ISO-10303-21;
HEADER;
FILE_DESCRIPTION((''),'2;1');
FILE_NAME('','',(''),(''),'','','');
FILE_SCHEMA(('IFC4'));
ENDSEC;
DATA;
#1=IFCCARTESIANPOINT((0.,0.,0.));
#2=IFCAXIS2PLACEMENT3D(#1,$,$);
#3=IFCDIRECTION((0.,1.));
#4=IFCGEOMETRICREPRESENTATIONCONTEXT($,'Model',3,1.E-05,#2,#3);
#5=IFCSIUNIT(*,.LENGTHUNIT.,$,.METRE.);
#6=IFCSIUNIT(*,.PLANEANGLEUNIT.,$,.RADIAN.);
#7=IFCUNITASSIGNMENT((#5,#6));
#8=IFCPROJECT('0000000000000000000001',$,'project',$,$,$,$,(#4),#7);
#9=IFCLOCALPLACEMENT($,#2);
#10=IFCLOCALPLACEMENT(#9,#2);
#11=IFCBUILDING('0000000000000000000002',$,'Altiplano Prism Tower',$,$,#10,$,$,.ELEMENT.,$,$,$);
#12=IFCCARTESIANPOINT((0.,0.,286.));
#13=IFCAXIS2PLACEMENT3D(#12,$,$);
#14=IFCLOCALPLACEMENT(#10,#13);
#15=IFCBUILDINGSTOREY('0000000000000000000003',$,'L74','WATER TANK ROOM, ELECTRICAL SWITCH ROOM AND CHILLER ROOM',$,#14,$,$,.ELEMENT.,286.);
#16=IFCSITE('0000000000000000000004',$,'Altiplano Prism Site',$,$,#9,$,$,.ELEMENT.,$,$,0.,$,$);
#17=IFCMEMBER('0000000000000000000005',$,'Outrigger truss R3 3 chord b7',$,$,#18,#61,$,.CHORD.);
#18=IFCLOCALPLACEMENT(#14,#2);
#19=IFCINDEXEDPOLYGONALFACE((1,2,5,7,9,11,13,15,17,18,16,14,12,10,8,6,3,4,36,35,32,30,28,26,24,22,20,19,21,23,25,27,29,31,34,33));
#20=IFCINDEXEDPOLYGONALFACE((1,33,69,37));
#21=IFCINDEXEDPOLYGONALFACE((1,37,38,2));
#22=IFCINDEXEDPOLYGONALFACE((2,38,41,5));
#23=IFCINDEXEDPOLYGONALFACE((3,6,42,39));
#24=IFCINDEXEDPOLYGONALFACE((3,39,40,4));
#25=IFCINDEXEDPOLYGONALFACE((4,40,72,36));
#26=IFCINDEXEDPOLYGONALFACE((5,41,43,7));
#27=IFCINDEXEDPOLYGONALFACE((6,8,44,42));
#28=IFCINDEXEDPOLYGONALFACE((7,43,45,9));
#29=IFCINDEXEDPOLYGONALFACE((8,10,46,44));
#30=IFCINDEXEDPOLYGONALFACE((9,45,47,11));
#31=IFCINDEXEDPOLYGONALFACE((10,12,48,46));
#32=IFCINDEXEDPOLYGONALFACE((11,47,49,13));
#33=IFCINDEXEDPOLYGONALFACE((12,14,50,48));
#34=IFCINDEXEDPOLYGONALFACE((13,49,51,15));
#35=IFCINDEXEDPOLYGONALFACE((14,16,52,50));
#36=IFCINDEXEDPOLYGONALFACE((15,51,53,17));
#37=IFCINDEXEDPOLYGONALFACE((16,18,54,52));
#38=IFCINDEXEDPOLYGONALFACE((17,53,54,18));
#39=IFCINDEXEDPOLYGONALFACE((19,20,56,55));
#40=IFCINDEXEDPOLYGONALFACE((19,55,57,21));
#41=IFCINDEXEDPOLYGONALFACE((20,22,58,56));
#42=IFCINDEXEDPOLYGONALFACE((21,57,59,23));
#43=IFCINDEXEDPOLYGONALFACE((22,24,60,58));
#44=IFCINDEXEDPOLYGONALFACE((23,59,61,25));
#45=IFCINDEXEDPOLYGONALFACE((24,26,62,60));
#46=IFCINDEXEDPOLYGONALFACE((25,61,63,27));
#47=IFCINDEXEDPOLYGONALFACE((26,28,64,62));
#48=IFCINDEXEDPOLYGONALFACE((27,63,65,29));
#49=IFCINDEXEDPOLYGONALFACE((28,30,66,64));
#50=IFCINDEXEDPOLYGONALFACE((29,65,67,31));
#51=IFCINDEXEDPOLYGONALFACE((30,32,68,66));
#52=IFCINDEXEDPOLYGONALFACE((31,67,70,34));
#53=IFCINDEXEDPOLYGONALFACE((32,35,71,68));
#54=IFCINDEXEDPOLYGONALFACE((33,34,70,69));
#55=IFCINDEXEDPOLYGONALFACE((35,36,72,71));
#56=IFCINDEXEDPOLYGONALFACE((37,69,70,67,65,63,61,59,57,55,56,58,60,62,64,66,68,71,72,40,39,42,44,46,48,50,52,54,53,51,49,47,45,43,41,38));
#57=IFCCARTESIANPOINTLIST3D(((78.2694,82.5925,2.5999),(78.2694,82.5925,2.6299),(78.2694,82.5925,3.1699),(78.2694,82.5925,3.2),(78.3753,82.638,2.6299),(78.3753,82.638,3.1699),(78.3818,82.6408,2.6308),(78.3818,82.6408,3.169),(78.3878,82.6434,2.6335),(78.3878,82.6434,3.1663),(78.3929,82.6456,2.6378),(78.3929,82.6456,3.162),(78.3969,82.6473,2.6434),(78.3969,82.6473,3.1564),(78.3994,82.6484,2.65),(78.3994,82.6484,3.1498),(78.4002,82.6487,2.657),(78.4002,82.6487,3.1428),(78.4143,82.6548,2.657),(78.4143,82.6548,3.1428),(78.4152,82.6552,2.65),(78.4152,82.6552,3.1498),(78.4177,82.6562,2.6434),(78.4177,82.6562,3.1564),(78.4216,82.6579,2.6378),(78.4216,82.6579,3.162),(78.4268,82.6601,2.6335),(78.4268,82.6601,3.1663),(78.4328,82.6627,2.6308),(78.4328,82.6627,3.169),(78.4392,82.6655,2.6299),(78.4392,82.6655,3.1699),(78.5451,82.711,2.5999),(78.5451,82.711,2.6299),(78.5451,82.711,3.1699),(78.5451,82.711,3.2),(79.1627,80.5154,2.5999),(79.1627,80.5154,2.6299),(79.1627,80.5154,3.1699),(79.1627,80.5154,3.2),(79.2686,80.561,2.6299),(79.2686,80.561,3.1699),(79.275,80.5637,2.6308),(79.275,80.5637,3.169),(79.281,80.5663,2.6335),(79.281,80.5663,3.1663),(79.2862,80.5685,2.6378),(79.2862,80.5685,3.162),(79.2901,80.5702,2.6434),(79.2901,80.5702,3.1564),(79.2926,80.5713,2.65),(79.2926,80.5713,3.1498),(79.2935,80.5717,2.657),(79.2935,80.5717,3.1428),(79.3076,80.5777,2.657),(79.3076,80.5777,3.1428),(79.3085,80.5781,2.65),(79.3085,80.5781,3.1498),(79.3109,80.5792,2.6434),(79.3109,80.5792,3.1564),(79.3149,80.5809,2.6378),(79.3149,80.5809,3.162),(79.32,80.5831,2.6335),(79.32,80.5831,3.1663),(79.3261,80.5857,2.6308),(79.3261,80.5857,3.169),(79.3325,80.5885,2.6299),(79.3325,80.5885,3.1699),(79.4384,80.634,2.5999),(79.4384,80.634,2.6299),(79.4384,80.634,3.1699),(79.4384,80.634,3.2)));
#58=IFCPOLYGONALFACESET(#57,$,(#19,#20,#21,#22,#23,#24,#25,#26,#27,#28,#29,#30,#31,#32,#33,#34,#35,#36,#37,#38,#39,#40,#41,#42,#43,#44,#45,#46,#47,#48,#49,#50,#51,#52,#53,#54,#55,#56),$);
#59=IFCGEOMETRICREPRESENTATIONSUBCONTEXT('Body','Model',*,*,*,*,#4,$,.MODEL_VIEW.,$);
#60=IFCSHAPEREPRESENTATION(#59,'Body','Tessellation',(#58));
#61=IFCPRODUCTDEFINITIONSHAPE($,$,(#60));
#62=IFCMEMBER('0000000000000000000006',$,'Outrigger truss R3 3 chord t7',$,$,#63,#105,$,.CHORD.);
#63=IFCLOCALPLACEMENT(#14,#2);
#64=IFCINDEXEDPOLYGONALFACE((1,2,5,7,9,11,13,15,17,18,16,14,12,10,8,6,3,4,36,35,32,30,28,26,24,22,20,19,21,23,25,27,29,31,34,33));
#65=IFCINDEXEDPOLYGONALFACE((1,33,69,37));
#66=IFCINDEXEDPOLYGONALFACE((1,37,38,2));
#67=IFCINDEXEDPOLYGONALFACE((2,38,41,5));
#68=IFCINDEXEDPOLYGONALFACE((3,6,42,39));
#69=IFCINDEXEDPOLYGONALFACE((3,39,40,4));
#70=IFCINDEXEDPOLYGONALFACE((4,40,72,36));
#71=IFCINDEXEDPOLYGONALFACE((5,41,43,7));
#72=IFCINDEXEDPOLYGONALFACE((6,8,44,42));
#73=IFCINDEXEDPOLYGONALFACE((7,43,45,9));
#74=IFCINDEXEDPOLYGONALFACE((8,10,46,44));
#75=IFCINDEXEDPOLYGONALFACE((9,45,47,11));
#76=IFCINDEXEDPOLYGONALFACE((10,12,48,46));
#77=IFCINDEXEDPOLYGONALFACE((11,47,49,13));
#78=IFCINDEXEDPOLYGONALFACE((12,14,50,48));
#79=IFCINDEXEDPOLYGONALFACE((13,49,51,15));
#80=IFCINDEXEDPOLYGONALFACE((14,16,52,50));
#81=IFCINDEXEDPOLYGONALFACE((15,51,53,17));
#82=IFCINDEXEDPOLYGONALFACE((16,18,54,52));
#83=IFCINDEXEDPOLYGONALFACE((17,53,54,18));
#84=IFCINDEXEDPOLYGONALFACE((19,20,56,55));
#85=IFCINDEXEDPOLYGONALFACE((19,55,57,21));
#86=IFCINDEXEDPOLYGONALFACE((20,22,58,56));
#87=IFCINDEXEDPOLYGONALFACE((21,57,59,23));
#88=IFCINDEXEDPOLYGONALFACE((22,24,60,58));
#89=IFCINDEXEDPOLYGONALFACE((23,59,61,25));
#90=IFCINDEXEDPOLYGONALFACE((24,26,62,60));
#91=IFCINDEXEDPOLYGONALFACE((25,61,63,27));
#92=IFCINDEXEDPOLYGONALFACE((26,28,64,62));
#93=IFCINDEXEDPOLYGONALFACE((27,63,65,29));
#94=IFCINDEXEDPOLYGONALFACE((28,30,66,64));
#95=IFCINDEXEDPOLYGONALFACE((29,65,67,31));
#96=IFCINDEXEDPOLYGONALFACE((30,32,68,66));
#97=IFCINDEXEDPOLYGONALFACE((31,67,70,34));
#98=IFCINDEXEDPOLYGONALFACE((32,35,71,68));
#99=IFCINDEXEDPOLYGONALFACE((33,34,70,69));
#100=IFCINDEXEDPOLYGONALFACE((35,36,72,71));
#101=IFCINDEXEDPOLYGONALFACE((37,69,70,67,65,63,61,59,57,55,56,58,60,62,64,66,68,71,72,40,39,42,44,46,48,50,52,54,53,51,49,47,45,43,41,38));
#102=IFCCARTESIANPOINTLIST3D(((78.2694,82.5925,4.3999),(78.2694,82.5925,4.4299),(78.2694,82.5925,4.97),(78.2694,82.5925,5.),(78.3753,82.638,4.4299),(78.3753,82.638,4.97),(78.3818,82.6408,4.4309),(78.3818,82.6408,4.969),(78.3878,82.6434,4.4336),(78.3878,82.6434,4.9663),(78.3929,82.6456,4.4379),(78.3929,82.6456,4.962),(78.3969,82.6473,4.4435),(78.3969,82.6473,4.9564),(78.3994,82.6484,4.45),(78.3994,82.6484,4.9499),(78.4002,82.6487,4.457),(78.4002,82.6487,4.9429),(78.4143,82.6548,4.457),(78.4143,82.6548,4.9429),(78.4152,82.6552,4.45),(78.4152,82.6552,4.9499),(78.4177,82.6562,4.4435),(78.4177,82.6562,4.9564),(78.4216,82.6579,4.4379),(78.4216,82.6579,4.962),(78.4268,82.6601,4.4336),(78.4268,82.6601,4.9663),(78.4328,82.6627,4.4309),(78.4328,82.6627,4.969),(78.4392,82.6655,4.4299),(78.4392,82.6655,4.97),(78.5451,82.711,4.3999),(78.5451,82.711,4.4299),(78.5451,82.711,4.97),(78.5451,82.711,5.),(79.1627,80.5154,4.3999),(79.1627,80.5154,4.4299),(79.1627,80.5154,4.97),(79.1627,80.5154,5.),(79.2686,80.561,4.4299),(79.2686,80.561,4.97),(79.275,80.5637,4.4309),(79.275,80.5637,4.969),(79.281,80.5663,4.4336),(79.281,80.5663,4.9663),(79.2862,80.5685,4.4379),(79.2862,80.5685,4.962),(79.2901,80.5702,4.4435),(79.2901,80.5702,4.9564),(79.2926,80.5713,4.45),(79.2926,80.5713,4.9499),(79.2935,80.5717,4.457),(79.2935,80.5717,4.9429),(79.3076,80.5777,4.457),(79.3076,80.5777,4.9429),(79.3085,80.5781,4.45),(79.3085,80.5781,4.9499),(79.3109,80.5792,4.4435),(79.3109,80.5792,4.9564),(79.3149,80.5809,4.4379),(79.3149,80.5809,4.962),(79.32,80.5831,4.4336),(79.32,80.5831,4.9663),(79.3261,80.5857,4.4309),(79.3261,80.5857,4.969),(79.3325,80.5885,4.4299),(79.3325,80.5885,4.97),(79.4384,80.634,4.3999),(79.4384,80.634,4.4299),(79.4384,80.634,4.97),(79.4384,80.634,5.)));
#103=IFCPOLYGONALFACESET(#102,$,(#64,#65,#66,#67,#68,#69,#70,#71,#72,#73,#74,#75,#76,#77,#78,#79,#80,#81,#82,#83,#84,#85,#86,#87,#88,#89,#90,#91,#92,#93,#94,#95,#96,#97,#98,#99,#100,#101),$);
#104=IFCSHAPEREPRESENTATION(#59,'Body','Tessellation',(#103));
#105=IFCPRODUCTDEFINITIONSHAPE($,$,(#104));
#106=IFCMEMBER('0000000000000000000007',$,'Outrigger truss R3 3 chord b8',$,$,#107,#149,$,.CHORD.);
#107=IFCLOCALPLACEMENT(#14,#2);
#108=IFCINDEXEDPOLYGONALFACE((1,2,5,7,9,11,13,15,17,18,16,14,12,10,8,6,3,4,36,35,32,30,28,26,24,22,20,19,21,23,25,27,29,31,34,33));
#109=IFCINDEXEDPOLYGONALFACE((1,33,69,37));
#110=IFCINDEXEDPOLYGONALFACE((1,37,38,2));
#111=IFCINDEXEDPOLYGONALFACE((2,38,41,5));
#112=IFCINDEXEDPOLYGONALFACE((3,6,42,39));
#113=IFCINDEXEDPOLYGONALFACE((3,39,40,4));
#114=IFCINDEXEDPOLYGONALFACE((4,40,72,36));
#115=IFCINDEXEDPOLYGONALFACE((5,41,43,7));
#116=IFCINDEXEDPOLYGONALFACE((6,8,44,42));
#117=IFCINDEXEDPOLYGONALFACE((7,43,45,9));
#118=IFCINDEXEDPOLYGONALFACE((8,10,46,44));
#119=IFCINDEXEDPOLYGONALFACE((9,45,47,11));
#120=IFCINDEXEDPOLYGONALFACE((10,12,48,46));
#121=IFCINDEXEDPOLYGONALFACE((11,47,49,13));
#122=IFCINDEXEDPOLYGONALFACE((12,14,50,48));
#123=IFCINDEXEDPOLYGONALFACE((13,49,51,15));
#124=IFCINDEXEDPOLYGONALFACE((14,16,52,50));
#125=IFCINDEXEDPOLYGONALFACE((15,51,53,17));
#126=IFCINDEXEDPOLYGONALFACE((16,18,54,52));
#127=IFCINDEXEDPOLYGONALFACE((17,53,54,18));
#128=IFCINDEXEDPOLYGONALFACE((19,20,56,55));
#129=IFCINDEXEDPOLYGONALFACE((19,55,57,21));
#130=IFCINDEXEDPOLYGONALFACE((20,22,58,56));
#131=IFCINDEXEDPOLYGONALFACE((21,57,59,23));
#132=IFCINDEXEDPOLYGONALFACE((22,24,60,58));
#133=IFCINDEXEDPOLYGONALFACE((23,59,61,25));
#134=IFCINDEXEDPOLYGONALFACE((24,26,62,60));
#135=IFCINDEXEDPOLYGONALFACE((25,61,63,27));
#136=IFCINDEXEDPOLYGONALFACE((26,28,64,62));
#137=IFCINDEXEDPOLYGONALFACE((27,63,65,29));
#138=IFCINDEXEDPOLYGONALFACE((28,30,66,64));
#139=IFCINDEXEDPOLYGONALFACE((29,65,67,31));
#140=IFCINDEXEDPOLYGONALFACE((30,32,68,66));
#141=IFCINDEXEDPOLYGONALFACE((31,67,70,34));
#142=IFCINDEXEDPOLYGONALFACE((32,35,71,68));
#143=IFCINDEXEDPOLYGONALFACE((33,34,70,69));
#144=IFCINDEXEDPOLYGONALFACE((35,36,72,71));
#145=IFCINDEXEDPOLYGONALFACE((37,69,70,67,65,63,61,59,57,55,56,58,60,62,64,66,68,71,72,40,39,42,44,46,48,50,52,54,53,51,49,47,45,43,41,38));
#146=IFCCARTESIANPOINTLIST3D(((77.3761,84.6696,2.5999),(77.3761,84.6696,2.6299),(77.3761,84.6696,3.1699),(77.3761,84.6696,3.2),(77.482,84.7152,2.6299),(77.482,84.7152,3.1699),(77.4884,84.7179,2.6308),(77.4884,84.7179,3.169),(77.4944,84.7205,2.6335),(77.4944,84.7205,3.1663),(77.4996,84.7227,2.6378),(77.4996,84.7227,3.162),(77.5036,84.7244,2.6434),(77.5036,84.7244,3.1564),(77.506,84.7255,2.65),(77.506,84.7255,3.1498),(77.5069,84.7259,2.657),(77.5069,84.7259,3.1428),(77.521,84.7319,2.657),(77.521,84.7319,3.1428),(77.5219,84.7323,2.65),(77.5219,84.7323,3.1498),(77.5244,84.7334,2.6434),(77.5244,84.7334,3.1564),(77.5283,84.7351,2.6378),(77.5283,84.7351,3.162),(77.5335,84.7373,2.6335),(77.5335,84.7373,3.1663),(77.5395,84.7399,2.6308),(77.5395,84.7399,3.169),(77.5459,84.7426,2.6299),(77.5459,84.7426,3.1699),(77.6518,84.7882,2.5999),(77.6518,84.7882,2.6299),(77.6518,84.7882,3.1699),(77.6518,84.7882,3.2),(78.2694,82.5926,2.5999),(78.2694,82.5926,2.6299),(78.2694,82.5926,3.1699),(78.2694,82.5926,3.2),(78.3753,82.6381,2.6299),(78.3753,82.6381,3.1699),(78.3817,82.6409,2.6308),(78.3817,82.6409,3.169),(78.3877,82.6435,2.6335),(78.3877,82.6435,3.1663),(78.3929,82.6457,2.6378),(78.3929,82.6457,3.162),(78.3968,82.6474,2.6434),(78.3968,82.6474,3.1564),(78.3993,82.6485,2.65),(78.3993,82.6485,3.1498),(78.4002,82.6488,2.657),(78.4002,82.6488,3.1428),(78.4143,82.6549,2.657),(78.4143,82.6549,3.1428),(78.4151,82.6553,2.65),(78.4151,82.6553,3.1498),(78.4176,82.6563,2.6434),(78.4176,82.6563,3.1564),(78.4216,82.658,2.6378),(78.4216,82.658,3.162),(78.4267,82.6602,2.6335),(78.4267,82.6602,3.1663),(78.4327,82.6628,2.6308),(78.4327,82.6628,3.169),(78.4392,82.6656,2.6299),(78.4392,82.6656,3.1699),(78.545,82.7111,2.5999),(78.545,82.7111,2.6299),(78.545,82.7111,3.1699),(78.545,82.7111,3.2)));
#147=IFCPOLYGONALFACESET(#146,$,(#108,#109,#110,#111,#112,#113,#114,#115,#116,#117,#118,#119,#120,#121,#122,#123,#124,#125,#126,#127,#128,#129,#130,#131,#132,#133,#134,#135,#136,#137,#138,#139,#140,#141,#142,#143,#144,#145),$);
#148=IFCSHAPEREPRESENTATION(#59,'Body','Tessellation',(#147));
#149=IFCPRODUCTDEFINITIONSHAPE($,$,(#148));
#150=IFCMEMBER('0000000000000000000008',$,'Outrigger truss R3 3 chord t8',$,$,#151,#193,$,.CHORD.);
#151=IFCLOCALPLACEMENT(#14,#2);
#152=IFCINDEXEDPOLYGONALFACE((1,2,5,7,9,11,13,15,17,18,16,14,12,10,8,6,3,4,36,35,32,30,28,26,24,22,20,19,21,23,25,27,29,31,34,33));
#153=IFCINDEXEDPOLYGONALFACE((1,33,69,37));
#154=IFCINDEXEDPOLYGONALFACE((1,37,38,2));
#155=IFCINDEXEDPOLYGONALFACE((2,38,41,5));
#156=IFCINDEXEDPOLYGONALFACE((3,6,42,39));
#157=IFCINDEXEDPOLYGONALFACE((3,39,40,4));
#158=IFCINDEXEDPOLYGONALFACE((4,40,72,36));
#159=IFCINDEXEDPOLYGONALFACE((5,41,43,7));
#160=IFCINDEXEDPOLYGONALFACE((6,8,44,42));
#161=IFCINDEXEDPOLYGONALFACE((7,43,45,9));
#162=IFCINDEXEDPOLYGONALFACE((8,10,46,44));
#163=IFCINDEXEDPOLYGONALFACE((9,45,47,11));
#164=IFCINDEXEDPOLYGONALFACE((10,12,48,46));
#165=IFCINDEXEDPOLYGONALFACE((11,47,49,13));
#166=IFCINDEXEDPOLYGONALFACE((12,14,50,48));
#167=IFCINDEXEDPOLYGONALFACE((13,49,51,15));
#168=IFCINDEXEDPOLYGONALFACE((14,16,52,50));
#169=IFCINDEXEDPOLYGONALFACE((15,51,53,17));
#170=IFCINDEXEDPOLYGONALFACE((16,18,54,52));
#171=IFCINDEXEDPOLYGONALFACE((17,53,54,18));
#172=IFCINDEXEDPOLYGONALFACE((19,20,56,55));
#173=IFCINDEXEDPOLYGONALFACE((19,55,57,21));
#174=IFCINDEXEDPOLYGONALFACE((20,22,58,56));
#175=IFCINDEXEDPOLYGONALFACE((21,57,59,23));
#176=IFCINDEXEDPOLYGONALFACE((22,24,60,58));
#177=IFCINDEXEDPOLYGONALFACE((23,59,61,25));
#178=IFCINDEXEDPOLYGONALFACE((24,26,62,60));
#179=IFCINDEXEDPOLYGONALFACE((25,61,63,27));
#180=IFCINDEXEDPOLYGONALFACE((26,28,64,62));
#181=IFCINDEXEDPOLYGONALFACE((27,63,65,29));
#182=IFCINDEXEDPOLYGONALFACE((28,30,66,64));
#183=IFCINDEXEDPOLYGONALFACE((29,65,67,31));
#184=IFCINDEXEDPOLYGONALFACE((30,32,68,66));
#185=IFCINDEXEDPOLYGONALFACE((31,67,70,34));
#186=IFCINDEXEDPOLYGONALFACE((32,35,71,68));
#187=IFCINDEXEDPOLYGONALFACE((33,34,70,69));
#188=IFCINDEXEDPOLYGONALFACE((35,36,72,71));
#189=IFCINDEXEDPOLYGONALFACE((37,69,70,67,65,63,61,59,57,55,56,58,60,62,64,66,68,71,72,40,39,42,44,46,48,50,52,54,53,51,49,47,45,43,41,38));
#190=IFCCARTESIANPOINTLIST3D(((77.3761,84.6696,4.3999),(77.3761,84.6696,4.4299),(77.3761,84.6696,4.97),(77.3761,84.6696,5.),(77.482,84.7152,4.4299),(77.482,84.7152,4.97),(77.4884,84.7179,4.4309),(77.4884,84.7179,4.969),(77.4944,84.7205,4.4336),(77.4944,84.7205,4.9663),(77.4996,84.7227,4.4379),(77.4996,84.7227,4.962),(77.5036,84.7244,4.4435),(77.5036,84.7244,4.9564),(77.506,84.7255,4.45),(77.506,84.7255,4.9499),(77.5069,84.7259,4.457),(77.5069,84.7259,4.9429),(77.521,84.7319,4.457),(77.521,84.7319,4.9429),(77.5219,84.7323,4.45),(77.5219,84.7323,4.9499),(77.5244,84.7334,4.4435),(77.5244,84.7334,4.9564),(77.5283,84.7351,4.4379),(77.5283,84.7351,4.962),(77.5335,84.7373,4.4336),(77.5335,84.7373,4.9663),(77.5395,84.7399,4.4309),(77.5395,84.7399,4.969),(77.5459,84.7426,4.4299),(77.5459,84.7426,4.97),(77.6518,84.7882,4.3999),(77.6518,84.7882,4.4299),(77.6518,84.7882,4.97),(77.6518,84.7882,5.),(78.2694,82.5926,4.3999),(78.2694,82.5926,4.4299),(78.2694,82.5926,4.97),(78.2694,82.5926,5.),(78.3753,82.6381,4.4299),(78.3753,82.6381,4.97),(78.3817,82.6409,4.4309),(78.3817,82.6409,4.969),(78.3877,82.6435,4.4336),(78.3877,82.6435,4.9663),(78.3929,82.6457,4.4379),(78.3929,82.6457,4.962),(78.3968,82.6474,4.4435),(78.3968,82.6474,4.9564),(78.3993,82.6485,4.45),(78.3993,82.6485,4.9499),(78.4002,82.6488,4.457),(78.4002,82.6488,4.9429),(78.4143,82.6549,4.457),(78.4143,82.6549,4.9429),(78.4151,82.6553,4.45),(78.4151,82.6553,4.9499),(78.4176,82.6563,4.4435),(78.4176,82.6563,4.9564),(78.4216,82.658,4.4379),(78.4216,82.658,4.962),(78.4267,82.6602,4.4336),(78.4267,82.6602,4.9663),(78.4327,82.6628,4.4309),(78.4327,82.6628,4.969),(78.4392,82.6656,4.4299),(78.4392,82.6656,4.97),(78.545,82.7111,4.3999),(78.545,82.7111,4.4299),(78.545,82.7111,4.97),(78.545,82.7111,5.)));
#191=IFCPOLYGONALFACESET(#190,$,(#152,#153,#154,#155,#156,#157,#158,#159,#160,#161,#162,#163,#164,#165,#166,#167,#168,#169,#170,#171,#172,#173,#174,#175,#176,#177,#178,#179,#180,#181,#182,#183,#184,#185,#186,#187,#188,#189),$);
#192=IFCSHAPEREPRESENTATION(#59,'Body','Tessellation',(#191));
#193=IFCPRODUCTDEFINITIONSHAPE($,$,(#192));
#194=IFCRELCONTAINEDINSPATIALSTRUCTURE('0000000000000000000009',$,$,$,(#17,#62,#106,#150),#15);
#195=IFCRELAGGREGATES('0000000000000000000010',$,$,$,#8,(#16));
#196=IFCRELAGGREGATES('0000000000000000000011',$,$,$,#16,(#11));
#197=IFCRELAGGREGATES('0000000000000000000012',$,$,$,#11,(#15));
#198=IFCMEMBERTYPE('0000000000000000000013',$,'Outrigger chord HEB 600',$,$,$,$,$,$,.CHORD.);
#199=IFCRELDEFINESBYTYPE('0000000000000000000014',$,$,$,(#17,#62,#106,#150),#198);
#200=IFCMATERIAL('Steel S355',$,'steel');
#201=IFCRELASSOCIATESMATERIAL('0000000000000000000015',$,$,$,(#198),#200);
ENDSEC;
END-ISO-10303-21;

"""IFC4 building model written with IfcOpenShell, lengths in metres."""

from ifc_helpers import new_model, si_unit, direction, frame, origin, origin_2d, place, context, subcontext, project, spatial, i_section, extrude, material, material_profile, profile_set, type_object, element, save


model = new_model("IFC4")

# Units and contexts
model_context = context("Model", 3, precision=1e-05, world=origin(), true_north=direction((0.0, 1.0)))
body_context = subcontext(model_context, "Body", "Model", "MODEL_VIEW")
ifc_project = project(units=[si_unit("LENGTHUNIT", "METRE"), si_unit("PLANEANGLEUNIT", "RADIAN")], contexts=[model_context])

# Site, building, storey
site_placement = place(None, origin())
site = spatial("IfcSite", under=ifc_project, at=site_placement, Name="Altiplano Prism Site", CompositionType="ELEMENT", RefElevation=0.0)
building_placement = place(site_placement, origin())
building = spatial("IfcBuilding", under=site, at=building_placement, Name="Altiplano Prism Tower", CompositionType="ELEMENT")
storey_placement = place(building_placement, frame((0.0, 0.0, 286.0)))
storey = spatial("IfcBuildingStorey", under=building, at=storey_placement, Name="L74", Description="WATER TANK ROOM, ELECTRICAL SWITCH ROOM AND CHILLER ROOM", CompositionType="ELEMENT", Elevation=286.0)

# Shared definitions
ifc_material_1 = material(Name="Steel S355", Category="steel")

# Members
ifc_material_profile_1 = material_profile(ifc_material_1, i_section(OverallWidth=0.3, OverallDepth=0.6001, WebThickness=0.0154, FlangeThickness=0.03, FilletRadius=0.0271, at=origin_2d()), Name="Outrigger chord HEB 600")
ifc_profile_set_1 = profile_set([ifc_material_profile_1], Name="Steel S355")
member_type_1 = type_object("IfcMemberType", Name="Outrigger chord HEB 600", PredefinedType="CHORD", material=ifc_profile_set_1)
for number, where, z_axis, x_axis, name in (
    (1, (79.3005, 80.5747, 2.8999), (-0.395079, 0.918647, 0.0), (-0.918647, -0.395079, 0.0), "Outrigger truss R3 3 chord b7"),
    (2, (79.3005, 80.5747, 4.7), (-0.395079, 0.918647, 0.0), (-0.918647, -0.395079, 0.0), "Outrigger truss R3 3 chord t7"),
    (3, (78.4072, 82.6519, 2.8999), (-0.395079, 0.918647, 0.0), (-0.918647, -0.395079, 0.0), "Outrigger truss R3 3 chord b8"),
    (4, (78.4072, 82.6519, 4.7), (-0.395079, 0.918647, 0.0), (-0.918647, -0.395079, 0.0), "Outrigger truss R3 3 chord t8"),
):
    element("IfcMember", number, at=place(storey_placement, frame(where, z_axis=z_axis, x_axis=x_axis)), inside=storey, type_object=member_type_1, Name=name, PredefinedType="CHORD", context=body_context, shape_type="SweptSolid", body=[
        extrude(i_section(OverallWidth=0.3, OverallDepth=0.6001, WebThickness=0.0154, FlangeThickness=0.03, FilletRadius=0.0271, at=origin_2d()), origin(), (0.0, 0.0, 1.0), 2.261),
    ])

save(model, "model.ifc")
